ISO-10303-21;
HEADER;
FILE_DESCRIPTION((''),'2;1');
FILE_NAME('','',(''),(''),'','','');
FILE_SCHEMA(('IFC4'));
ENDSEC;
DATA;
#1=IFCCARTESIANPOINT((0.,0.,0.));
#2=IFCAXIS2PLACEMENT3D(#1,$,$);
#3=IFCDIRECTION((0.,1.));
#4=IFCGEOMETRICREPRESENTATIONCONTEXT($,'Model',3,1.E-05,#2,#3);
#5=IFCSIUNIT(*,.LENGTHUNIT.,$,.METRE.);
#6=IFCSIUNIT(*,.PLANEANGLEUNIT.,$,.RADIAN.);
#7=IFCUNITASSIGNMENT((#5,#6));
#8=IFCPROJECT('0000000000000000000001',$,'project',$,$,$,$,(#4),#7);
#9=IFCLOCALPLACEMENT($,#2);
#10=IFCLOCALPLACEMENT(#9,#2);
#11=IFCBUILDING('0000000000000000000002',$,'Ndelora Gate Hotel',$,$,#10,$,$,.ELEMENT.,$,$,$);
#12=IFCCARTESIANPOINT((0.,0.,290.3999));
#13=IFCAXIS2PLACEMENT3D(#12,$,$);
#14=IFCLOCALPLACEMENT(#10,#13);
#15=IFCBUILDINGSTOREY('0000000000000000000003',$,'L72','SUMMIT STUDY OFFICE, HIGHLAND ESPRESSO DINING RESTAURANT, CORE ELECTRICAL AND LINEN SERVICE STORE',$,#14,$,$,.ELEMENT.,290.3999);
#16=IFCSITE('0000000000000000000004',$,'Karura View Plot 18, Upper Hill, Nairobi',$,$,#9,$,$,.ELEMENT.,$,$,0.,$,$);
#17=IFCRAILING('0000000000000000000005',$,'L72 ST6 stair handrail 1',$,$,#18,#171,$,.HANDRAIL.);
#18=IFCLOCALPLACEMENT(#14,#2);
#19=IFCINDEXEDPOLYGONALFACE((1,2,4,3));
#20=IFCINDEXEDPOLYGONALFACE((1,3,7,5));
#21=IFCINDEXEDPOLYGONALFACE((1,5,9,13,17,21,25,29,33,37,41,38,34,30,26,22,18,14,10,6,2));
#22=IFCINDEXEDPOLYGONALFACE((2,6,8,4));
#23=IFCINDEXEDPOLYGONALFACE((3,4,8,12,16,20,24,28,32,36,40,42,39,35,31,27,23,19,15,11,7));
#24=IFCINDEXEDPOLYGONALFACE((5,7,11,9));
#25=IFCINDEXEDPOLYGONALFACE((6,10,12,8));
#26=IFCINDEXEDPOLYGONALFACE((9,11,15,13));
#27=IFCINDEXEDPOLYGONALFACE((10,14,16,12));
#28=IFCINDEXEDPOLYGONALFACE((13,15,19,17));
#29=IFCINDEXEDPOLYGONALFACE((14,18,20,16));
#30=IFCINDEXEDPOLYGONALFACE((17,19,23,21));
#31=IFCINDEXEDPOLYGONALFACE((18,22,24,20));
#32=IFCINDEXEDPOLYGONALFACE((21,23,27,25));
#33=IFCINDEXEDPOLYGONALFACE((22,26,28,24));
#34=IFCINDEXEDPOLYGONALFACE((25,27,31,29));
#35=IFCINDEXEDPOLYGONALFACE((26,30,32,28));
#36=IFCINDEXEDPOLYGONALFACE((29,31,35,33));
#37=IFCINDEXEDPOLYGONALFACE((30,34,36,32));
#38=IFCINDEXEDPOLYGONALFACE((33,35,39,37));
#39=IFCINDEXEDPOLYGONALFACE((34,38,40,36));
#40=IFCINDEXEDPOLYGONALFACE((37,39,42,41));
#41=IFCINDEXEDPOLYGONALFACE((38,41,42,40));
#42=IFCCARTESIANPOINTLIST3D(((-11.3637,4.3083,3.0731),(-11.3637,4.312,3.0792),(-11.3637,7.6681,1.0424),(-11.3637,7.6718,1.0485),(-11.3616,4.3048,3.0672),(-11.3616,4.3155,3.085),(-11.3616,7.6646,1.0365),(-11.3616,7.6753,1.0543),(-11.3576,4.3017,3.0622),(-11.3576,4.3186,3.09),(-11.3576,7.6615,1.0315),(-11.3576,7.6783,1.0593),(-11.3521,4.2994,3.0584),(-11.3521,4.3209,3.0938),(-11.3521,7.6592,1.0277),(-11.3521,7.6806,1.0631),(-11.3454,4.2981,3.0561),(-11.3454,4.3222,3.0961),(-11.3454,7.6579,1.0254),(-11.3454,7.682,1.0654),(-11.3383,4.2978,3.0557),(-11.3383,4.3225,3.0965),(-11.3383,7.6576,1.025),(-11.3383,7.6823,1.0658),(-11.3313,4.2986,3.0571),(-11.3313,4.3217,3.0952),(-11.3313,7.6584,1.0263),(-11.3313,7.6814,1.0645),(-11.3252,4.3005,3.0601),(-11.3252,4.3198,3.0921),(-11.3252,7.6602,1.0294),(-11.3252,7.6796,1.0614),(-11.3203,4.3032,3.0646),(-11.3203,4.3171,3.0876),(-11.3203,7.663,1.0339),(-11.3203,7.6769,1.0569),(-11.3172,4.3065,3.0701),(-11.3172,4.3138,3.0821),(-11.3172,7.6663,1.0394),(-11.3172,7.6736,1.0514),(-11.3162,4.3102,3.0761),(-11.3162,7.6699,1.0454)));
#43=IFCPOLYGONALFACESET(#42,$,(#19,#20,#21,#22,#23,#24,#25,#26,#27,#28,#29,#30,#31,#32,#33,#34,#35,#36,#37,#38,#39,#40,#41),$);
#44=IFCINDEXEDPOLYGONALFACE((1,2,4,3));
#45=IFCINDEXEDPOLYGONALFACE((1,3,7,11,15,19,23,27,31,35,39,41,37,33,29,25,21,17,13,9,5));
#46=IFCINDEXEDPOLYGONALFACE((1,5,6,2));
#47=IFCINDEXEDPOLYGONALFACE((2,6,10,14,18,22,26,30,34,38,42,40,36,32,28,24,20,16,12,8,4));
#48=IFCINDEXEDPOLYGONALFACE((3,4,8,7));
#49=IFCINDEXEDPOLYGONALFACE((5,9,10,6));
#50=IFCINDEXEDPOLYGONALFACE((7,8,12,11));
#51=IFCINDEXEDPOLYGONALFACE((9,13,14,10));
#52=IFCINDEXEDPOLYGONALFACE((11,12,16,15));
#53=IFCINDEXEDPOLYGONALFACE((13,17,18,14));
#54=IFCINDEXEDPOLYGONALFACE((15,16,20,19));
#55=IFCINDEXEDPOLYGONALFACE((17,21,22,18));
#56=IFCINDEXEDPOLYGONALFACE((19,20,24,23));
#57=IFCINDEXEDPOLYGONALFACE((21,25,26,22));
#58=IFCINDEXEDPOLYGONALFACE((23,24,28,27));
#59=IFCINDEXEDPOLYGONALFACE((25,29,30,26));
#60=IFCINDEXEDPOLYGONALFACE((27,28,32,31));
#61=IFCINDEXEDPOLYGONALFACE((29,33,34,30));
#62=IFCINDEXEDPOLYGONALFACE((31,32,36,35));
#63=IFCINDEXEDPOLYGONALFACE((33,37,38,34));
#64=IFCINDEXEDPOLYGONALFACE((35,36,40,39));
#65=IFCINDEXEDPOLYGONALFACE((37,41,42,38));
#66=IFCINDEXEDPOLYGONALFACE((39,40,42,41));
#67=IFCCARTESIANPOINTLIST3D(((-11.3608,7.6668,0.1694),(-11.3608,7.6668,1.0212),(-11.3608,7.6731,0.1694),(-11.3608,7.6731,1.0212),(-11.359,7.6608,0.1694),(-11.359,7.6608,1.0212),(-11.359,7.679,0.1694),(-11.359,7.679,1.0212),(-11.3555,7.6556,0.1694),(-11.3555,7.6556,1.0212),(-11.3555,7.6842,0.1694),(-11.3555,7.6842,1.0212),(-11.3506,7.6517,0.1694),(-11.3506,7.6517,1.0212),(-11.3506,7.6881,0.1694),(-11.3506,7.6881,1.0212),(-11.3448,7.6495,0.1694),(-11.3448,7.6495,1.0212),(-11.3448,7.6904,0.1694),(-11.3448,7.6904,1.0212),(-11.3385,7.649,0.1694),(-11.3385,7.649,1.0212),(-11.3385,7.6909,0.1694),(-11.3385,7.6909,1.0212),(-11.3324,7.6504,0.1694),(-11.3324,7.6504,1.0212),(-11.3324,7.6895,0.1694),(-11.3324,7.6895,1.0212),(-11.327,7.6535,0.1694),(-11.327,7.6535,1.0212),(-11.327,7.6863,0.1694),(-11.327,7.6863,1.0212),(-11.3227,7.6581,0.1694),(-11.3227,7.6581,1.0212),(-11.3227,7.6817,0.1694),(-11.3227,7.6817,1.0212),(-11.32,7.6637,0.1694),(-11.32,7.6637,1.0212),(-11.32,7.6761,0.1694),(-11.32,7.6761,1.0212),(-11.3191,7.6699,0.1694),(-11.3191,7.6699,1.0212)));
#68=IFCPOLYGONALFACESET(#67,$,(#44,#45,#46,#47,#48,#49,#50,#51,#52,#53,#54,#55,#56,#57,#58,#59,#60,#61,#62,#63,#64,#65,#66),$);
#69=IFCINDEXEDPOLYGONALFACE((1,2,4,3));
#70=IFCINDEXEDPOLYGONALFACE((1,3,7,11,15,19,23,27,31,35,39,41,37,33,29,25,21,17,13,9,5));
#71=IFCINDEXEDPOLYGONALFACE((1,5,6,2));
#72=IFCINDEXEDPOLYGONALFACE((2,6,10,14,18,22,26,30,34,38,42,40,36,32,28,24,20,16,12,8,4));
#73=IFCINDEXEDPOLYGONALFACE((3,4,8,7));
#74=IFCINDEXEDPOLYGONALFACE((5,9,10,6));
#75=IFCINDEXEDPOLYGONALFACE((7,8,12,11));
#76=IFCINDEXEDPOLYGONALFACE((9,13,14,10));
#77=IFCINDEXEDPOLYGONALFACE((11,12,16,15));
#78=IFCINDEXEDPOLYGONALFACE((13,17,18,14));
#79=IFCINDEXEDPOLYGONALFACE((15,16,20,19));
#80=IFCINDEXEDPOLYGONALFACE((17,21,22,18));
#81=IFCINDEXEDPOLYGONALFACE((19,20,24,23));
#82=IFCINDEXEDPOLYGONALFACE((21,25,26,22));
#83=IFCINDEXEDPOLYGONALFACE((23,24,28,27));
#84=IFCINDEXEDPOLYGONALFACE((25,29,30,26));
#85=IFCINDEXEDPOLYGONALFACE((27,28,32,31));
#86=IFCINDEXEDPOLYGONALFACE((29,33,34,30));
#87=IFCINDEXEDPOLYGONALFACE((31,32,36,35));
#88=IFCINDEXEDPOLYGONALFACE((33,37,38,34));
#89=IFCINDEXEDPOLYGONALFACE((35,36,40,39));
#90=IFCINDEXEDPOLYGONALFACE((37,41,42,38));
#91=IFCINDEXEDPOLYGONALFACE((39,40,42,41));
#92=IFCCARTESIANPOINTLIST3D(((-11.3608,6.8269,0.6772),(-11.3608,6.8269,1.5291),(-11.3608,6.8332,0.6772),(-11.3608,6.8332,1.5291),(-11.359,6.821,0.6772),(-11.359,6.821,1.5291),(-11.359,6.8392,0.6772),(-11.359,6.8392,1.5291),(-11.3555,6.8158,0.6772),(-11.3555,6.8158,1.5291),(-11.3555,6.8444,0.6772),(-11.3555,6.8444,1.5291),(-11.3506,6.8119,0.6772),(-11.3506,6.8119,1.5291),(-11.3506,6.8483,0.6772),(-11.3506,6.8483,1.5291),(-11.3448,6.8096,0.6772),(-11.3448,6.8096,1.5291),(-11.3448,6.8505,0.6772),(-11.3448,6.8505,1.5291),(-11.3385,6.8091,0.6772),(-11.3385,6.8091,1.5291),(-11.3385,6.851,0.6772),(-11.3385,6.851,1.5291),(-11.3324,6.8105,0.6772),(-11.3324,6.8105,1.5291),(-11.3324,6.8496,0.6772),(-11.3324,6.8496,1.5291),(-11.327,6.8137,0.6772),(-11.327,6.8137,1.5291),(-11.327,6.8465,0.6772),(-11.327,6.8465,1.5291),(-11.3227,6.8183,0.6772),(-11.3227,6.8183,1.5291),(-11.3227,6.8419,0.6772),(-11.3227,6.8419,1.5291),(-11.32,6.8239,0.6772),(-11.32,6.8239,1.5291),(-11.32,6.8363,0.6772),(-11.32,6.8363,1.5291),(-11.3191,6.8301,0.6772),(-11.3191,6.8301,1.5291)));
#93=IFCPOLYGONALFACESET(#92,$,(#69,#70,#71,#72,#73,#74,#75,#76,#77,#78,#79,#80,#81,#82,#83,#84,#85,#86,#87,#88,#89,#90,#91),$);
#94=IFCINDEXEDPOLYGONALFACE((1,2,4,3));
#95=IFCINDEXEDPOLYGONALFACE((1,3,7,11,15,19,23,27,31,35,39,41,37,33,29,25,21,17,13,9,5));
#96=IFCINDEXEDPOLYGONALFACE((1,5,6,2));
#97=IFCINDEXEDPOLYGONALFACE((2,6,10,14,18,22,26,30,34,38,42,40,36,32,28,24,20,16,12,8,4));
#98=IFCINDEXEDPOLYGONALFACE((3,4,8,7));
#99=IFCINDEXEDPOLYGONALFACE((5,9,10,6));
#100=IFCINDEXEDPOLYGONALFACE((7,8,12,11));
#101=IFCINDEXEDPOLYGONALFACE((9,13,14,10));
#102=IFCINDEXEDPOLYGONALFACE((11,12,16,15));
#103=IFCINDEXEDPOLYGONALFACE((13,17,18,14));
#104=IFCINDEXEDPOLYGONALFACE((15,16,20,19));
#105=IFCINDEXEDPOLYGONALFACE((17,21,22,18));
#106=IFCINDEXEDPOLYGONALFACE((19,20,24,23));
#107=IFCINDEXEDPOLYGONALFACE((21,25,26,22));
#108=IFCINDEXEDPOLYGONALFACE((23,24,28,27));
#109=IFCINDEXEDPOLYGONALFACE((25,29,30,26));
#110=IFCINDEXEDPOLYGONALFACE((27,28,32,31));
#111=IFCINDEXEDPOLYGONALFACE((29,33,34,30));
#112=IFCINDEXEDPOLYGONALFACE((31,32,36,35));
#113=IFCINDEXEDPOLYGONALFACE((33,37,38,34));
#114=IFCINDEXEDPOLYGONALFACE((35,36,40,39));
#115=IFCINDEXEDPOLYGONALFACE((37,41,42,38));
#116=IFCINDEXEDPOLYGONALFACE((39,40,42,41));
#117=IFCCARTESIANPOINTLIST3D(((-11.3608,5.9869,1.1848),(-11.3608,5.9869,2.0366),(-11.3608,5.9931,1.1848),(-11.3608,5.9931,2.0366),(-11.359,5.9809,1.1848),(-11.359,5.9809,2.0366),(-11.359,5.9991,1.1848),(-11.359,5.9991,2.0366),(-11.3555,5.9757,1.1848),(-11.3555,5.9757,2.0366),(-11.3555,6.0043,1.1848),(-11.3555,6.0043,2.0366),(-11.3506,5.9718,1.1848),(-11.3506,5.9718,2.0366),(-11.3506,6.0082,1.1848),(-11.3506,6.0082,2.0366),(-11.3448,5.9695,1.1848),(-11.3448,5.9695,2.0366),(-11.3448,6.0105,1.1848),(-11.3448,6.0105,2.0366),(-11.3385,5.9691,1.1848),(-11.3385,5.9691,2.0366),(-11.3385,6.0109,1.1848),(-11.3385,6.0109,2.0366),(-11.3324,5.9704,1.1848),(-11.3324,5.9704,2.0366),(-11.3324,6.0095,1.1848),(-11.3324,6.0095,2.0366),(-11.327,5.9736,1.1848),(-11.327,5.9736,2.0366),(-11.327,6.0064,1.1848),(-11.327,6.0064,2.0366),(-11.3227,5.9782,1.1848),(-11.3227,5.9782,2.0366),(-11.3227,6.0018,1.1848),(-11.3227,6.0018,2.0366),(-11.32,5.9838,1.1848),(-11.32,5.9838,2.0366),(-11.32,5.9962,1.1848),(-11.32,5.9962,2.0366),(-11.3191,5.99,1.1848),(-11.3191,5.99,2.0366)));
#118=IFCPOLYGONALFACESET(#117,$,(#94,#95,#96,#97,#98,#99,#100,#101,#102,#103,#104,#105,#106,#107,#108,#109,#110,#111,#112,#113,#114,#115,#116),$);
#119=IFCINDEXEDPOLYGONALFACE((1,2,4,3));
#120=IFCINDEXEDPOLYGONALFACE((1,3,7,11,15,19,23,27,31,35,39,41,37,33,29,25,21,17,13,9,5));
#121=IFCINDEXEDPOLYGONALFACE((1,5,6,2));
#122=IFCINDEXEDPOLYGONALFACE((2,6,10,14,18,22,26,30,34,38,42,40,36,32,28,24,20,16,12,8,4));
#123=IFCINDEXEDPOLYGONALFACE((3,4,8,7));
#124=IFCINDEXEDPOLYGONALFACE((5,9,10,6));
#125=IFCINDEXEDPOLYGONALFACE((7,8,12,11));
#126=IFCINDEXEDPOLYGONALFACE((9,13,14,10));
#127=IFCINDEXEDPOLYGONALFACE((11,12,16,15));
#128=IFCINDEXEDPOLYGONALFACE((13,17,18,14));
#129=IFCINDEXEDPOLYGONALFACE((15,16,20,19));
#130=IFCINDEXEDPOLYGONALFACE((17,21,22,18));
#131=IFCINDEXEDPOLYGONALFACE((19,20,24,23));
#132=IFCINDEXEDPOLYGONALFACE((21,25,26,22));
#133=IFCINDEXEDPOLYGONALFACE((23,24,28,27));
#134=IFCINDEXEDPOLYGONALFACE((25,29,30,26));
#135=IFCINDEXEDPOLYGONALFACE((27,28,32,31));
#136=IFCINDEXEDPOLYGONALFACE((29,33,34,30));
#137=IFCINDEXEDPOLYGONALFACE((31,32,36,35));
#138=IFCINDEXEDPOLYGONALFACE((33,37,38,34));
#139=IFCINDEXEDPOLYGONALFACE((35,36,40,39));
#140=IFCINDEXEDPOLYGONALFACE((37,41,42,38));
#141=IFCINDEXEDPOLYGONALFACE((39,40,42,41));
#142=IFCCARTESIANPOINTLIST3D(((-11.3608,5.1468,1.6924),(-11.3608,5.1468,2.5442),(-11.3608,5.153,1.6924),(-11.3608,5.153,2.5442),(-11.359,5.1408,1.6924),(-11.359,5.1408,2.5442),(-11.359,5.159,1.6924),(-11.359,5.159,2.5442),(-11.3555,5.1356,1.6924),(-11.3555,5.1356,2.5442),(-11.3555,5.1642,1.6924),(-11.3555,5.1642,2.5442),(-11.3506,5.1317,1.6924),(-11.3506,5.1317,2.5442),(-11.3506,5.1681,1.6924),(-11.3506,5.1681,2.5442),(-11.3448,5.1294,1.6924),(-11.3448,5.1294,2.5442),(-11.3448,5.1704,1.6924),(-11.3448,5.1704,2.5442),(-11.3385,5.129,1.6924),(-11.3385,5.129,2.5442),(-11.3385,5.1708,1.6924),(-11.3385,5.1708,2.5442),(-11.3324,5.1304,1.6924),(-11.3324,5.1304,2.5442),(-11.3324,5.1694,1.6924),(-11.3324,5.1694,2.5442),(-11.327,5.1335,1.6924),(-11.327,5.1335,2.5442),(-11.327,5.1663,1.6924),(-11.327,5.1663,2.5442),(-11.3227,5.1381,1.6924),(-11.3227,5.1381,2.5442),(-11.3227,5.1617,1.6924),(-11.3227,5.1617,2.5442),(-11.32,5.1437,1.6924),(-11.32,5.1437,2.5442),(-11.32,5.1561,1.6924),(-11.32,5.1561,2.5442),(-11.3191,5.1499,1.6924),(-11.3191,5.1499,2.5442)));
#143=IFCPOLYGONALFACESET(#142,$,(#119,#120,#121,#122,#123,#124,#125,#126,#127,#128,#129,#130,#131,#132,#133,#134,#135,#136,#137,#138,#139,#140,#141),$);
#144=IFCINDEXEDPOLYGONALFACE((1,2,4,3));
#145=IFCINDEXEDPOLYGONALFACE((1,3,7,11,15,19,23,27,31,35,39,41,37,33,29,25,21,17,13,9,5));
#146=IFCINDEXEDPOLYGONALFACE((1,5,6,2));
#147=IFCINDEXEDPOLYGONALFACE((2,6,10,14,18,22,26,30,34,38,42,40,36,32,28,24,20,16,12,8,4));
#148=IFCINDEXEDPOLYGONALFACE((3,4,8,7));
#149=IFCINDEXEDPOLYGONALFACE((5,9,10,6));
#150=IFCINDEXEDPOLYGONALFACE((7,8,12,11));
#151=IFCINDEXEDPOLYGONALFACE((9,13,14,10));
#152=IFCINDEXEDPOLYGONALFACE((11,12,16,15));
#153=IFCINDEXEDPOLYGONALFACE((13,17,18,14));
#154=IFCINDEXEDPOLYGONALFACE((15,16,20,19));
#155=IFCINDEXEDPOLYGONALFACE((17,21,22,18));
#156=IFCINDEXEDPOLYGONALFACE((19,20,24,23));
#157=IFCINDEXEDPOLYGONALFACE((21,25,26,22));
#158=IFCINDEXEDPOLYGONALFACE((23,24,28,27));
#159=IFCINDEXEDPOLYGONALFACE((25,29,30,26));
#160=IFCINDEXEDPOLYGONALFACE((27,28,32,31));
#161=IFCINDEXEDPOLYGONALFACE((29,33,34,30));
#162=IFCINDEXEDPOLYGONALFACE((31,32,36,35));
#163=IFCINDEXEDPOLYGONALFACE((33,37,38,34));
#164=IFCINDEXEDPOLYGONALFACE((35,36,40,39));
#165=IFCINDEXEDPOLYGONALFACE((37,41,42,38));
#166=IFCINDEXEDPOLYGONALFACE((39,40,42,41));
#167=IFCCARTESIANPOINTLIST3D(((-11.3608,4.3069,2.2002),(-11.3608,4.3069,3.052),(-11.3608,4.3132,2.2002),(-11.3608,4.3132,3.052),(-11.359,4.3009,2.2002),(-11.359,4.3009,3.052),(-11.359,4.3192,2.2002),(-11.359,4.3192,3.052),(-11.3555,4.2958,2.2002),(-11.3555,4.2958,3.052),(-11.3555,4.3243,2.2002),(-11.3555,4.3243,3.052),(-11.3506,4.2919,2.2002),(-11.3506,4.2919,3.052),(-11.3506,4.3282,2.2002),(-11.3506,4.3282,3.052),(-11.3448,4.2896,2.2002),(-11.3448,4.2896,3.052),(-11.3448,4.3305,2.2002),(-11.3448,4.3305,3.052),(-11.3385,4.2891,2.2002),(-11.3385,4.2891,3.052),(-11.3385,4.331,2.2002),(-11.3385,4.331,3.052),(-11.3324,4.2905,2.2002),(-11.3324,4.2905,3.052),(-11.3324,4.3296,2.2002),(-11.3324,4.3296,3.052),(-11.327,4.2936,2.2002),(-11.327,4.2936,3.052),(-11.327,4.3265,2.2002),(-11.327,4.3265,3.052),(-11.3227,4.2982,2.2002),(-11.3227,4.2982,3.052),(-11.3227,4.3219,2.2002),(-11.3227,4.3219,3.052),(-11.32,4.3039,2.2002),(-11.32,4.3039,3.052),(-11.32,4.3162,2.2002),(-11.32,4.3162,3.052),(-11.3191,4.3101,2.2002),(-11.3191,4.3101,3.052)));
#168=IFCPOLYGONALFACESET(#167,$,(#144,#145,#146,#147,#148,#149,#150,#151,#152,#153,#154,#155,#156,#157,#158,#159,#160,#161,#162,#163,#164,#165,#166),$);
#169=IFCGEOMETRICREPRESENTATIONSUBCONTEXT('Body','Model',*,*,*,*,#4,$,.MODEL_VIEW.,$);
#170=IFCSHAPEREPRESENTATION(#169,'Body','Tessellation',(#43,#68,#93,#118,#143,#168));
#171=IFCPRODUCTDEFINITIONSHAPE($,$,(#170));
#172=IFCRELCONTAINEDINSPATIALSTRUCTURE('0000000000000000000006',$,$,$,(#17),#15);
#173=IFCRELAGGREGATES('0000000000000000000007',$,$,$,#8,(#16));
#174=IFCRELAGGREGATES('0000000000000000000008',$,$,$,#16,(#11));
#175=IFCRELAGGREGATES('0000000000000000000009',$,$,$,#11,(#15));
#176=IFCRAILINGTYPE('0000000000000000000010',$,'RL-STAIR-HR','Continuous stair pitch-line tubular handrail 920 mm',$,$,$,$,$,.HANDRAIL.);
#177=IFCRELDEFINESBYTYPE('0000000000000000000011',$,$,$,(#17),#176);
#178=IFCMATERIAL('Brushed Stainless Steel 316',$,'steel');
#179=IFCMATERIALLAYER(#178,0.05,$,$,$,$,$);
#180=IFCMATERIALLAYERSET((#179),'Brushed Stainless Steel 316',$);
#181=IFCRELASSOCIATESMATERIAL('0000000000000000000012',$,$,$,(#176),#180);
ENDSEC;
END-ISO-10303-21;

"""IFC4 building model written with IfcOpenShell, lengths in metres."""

from ifc_helpers import new_model, si_unit, direction, frame, origin, origin_2d, place, context, subcontext, project, spatial, circle, extrude, material, layer, layer_set, type_object, element, save


model = new_model("IFC4")

# Units and contexts
model_context = context("Model", 3, precision=1e-05, world=origin(), true_north=direction((0.0, 1.0)))
body_context = subcontext(model_context, "Body", "Model", "MODEL_VIEW")
ifc_project = project(units=[si_unit("LENGTHUNIT", "METRE"), si_unit("PLANEANGLEUNIT", "RADIAN")], contexts=[model_context])

# Site, building, storey
site_placement = place(None, origin())
site = spatial("IfcSite", under=ifc_project, at=site_placement, Name="Karura View Plot 18, Upper Hill, Nairobi", CompositionType="ELEMENT", RefElevation=0.0)
building_placement = place(site_placement, origin())
building = spatial("IfcBuilding", under=site, at=building_placement, Name="Ndelora Gate Hotel", CompositionType="ELEMENT")
storey_placement = place(building_placement, frame((0.0, 0.0, 290.3999)))
storey = spatial("IfcBuildingStorey", under=building, at=storey_placement, Name="L72", Description="SUMMIT STUDY OFFICE, HIGHLAND ESPRESSO DINING RESTAURANT, CORE ELECTRICAL AND LINEN SERVICE STORE", CompositionType="ELEMENT", Elevation=290.3999)

# Railing
ifc_material_1 = material(Name="Brushed Stainless Steel 316", Category="steel")
ifc_layer_1 = layer(ifc_material_1, 0.05)
ifc_layer_set_1 = layer_set([ifc_layer_1], Name="Brushed Stainless Steel 316")
railing_type_1 = type_object("IfcRailingType", Name="RL-STAIR-HR", Description="Continuous stair pitch-line tubular handrail 920 mm", PredefinedType="HANDRAIL", material=ifc_layer_set_1)
railing_1_placement = place(storey_placement, frame((-11.3401, 7.6699, 0.1694)))
element("IfcRailing", 1, at=railing_1_placement, inside=storey, type_object=railing_type_1, Name="L72 ST6 stair handrail 1", PredefinedType="HANDRAIL", context=body_context, shape_type="SweptSolid", body=[
    extrude(circle(Radius=0.0239, at=origin_2d()), frame((0.0, 0.0, 0.876), z_axis=(0.0, -0.85582, 0.517273), x_axis=(1.0, 0.0, 0.0)), (0.0, 0.0, 1.0), 3.9258),
    extrude(circle(Radius=0.021, at=origin_2d()), origin(), (0.0, 0.0, 1.0), 0.8518),
    extrude(circle(Radius=0.021, at=origin_2d()), frame((0.0, -0.8398, 0.5078)), (0.0, 0.0, 1.0), 0.8518),
    extrude(circle(Radius=0.021, at=origin_2d()), frame((0.0, -1.6799, 1.0154)), (0.0, 0.0, 1.0), 0.8518),
    extrude(circle(Radius=0.021, at=origin_2d()), frame((0.0, -2.52, 1.5229)), (0.0, 0.0, 1.0), 0.8518),
    extrude(circle(Radius=0.021, at=origin_2d()), frame((0.0, -3.3599, 2.0308)), (0.0, 0.0, 1.0), 0.8518),
])

save(model, "model.ifc")
